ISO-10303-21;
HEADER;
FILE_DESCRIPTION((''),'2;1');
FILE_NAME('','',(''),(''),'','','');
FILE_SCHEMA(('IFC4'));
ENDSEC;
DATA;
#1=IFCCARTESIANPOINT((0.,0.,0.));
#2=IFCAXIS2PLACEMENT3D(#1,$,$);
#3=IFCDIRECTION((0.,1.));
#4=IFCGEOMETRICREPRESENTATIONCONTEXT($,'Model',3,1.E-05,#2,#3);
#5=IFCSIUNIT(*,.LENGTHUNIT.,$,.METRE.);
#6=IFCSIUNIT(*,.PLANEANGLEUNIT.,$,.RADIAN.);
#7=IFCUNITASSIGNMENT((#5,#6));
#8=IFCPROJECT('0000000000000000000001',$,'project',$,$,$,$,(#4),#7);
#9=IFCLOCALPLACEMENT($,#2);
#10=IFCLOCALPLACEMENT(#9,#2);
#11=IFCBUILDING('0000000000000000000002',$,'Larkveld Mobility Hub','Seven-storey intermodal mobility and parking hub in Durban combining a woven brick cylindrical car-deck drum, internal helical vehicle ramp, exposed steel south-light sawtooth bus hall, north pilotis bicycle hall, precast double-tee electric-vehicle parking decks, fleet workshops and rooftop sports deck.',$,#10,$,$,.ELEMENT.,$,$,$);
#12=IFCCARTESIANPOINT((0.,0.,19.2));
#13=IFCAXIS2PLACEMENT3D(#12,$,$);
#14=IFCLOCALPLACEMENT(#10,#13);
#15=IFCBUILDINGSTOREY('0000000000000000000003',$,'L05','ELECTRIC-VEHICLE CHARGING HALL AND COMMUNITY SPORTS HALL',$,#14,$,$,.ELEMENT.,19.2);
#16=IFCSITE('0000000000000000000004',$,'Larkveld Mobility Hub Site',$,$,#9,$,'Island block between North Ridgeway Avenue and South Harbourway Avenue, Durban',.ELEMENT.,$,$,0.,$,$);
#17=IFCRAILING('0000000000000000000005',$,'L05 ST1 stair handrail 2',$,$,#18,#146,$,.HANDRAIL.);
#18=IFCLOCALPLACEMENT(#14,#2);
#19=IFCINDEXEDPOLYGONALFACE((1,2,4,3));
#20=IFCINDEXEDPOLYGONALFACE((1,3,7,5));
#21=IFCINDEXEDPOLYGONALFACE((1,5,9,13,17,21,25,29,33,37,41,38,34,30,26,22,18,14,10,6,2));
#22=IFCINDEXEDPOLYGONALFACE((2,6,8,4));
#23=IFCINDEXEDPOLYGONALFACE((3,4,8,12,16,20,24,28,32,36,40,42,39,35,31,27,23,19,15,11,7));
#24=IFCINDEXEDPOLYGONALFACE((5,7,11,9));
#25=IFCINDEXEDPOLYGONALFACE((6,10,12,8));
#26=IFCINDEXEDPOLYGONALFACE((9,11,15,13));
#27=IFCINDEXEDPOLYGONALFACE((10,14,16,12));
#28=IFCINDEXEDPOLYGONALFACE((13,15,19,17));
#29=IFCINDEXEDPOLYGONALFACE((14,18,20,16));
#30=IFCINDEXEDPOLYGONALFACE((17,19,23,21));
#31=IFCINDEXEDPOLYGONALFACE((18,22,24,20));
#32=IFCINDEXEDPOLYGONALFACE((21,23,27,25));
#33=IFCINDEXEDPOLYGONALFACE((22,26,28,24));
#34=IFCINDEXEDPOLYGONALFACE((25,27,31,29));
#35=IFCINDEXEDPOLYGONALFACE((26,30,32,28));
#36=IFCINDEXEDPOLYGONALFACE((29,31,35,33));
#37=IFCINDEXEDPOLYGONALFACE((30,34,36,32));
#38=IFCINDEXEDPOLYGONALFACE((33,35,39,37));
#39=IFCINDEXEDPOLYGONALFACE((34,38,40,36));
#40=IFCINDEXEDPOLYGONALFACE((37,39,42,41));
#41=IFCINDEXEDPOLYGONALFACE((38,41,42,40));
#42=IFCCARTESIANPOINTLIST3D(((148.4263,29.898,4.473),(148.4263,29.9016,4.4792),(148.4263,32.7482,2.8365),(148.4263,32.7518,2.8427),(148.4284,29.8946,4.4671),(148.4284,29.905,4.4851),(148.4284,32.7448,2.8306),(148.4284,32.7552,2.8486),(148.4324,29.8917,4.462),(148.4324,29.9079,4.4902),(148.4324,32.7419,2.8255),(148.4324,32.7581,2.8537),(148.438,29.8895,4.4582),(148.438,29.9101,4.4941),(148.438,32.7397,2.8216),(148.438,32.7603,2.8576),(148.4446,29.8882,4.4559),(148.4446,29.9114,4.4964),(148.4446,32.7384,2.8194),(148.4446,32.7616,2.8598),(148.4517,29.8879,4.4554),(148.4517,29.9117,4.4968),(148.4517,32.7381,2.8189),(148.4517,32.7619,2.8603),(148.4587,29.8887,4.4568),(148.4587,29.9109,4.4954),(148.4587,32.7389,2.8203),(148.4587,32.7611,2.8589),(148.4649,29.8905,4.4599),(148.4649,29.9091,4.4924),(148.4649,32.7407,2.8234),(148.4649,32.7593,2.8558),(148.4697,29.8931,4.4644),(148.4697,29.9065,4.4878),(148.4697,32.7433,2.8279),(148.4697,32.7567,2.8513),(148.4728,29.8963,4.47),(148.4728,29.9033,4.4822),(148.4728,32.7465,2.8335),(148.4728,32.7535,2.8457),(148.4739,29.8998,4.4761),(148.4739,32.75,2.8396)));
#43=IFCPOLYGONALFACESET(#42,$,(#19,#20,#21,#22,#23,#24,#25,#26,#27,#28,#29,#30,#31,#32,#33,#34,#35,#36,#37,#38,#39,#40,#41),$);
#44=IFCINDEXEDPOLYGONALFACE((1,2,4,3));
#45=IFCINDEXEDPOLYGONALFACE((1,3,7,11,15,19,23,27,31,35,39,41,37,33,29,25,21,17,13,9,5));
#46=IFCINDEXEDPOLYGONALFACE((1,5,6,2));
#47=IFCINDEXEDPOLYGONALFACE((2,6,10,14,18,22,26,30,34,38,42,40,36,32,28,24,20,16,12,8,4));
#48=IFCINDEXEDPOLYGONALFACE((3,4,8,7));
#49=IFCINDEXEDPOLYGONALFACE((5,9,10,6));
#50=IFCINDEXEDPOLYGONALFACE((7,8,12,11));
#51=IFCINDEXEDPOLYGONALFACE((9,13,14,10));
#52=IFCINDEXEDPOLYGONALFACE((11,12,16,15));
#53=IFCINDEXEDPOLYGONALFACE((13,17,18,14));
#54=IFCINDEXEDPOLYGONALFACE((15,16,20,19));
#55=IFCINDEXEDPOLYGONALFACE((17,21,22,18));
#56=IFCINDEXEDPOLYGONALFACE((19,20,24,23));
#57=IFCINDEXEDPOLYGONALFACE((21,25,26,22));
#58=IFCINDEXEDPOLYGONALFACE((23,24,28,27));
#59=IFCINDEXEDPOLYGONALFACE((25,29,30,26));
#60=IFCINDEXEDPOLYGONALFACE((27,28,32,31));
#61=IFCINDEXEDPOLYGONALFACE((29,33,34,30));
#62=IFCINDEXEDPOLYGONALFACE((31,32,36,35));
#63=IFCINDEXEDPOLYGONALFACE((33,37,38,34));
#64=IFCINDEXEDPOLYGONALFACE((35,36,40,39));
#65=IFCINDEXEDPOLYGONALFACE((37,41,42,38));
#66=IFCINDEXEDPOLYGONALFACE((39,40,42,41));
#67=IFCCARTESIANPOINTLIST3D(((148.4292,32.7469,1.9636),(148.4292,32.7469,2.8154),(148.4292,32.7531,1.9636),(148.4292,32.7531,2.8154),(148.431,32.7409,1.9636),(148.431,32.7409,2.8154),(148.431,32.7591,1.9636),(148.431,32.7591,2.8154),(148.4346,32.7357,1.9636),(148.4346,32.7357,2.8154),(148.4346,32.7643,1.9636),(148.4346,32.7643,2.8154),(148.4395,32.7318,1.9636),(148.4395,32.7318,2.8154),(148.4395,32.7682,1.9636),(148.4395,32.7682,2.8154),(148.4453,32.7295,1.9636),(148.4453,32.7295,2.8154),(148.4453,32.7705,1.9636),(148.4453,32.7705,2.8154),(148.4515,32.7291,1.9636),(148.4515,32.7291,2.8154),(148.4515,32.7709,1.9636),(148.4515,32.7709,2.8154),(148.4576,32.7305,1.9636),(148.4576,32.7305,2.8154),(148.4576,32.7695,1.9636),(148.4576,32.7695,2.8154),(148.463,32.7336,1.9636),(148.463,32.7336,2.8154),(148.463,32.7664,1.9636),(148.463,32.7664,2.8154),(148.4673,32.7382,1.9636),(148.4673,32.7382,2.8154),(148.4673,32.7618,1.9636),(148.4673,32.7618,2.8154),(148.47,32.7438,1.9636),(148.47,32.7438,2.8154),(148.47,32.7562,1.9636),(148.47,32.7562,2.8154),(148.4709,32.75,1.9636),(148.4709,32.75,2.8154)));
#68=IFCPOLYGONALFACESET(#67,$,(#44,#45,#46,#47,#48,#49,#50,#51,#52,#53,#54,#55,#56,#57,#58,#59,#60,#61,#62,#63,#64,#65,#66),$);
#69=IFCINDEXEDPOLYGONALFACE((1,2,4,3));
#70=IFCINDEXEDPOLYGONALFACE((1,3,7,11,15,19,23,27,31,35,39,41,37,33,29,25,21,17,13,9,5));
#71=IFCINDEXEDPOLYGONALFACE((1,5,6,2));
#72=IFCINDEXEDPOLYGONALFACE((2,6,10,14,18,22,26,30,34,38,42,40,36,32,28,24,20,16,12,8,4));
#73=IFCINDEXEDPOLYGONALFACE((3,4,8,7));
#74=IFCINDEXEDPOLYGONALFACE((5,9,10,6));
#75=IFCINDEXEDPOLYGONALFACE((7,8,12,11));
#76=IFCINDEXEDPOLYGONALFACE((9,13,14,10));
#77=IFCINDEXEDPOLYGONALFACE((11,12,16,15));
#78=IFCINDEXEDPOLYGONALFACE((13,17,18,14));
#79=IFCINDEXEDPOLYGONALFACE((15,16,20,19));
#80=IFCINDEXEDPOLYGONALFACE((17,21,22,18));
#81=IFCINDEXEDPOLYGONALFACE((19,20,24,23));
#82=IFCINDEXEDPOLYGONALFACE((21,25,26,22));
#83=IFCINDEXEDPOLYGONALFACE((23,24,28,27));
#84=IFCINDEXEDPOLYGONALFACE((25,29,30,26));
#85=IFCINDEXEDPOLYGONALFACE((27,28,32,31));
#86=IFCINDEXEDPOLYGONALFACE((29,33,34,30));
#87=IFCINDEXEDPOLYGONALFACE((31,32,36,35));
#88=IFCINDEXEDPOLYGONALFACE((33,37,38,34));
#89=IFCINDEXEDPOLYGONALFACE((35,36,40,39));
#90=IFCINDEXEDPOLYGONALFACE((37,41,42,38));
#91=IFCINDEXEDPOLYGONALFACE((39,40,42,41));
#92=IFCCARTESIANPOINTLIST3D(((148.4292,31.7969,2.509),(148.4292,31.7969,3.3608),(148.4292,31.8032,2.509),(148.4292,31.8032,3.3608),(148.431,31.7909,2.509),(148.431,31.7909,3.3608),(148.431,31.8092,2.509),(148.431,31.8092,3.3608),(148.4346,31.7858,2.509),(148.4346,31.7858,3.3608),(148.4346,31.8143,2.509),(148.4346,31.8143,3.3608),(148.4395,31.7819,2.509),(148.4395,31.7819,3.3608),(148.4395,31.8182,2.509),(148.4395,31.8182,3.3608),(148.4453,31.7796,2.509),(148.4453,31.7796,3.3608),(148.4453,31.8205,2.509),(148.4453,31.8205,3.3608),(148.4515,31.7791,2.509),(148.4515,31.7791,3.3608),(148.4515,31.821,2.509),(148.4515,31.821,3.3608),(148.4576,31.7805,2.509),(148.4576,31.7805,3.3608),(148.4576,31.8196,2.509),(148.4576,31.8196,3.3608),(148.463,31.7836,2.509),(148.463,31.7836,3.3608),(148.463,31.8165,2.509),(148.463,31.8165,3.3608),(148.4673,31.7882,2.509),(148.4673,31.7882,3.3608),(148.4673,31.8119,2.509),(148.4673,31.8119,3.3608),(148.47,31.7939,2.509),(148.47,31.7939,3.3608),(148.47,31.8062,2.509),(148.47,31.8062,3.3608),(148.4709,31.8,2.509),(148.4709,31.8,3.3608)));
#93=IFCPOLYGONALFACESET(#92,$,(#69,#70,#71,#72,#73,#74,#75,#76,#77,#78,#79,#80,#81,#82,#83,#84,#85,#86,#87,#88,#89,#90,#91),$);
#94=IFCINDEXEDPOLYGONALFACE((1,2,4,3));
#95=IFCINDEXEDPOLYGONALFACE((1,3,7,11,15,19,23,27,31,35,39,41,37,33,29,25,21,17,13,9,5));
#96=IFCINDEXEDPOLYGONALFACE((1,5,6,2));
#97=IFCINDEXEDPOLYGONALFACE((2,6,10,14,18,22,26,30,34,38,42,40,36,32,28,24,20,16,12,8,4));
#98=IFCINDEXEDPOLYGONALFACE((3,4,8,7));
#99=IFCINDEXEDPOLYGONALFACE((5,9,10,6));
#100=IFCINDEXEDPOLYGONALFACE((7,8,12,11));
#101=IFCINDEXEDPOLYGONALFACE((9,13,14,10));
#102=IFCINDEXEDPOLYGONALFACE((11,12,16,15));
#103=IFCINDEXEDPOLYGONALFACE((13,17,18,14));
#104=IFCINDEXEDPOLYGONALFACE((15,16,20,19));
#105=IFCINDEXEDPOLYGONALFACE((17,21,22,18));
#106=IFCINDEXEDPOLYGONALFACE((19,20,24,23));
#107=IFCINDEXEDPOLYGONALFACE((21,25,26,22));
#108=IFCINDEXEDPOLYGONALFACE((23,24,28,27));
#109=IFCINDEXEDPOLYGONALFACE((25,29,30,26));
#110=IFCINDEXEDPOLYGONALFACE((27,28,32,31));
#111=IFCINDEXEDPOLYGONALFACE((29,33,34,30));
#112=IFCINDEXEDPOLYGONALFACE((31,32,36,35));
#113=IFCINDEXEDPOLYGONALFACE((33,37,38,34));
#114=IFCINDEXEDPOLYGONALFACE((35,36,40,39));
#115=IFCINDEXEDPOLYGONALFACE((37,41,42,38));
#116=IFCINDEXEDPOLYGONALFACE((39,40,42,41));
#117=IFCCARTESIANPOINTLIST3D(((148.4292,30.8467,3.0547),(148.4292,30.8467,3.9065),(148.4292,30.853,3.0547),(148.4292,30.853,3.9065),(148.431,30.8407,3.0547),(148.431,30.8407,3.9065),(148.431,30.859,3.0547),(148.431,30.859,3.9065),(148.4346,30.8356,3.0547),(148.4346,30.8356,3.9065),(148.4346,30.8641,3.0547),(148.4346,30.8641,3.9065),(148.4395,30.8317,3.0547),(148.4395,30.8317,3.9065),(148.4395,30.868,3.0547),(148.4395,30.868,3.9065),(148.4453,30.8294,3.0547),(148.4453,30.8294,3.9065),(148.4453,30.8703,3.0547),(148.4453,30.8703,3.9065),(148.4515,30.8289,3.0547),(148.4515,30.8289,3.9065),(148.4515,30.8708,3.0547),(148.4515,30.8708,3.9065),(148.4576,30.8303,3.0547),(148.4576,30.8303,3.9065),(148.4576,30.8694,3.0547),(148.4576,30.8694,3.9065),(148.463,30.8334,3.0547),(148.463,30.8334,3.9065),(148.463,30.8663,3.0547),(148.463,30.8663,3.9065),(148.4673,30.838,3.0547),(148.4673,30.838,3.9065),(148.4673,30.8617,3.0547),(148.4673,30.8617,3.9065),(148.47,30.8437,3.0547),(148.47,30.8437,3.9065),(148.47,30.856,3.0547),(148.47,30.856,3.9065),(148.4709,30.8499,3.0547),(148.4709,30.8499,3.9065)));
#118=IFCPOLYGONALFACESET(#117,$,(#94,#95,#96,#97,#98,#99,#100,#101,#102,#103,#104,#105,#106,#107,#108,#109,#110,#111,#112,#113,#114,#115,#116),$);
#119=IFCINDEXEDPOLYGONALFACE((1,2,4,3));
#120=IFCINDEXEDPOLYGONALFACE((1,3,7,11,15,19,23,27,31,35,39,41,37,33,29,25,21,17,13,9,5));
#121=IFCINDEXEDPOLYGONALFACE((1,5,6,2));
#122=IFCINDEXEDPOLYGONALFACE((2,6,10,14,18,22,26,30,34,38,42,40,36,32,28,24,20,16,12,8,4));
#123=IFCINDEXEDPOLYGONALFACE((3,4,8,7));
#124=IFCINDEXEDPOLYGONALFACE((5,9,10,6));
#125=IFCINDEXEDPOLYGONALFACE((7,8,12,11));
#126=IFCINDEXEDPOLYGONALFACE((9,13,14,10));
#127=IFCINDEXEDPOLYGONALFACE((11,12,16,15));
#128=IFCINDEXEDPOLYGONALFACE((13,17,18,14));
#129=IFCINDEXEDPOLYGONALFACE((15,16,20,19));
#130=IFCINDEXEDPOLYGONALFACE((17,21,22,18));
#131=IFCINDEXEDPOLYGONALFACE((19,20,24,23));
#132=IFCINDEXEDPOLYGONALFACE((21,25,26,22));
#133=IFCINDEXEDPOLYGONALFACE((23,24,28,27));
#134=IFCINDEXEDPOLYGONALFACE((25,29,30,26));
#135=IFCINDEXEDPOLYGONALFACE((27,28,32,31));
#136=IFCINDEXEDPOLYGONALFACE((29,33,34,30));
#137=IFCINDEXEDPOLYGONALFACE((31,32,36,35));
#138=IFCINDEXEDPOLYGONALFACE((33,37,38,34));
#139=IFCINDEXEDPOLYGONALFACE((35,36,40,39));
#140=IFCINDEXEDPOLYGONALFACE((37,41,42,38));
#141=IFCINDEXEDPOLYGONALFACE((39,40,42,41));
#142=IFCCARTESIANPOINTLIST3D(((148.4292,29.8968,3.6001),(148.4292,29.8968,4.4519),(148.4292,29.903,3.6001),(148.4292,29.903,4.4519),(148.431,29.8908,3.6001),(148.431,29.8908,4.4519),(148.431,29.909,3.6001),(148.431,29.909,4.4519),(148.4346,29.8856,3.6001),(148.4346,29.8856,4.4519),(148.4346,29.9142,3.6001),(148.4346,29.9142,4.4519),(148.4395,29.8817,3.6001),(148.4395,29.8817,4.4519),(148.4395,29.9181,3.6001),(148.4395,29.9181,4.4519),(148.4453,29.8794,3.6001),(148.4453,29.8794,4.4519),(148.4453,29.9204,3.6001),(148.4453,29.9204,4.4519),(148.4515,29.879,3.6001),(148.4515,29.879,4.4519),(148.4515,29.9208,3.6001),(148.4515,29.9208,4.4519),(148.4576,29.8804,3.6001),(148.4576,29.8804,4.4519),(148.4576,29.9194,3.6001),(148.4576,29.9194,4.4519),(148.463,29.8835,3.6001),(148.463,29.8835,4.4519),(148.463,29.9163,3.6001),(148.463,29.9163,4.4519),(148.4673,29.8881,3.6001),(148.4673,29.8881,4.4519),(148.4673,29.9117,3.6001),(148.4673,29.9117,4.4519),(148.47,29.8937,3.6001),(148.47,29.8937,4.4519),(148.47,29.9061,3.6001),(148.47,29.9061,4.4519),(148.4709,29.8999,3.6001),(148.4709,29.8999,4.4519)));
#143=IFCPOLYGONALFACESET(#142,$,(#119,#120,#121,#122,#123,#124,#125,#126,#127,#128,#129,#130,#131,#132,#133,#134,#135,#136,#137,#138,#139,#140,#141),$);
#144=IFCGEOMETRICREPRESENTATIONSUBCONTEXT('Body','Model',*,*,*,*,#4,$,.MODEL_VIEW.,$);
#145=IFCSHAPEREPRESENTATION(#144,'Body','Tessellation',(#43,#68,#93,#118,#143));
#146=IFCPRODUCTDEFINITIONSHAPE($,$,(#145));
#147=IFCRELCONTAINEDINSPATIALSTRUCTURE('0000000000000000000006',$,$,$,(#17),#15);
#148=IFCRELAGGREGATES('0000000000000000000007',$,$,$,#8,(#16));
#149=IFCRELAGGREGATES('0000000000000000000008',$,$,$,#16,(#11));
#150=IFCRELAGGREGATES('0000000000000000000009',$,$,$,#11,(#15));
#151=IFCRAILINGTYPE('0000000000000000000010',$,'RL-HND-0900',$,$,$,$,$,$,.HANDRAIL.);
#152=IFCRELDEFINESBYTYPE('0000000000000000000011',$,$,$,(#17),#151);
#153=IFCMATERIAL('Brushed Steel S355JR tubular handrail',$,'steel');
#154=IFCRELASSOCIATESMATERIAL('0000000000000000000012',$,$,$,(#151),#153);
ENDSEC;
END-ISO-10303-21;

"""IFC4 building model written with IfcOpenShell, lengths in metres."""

from ifc_helpers import new_model, si_unit, direction, frame, origin, origin_2d, place, context, subcontext, project, spatial, circle, extrude, material, type_object, element, save


model = new_model("IFC4")

# Units and contexts
model_context = context("Model", 3, precision=1e-05, world=origin(), true_north=direction((0.0, 1.0)))
body_context = subcontext(model_context, "Body", "Model", "MODEL_VIEW")
ifc_project = project(units=[si_unit("LENGTHUNIT", "METRE"), si_unit("PLANEANGLEUNIT", "RADIAN")], contexts=[model_context])

# Site, building, storey
site_placement = place(None, origin())
site = spatial("IfcSite", under=ifc_project, at=site_placement, Name="Larkveld Mobility Hub Site", LongName="Island block between North Ridgeway Avenue and South Harbourway Avenue, Durban", CompositionType="ELEMENT", RefElevation=0.0)
building_placement = place(site_placement, origin())
building = spatial("IfcBuilding", under=site, at=building_placement, Name="Larkveld Mobility Hub", Description="Seven-storey intermodal mobility and parking hub in Durban combining a woven brick cylindrical car-deck drum, internal helical vehicle ramp, exposed steel south-light sawtooth bus hall, north pilotis bicycle hall, precast double-tee electric-vehicle parking decks, fleet workshops and rooftop sports deck.", CompositionType="ELEMENT")
storey_placement = place(building_placement, frame((0.0, 0.0, 19.2)))
storey = spatial("IfcBuildingStorey", under=building, at=storey_placement, Name="L05", Description="ELECTRIC-VEHICLE CHARGING HALL AND COMMUNITY SPORTS HALL", CompositionType="ELEMENT", Elevation=19.2)

# Railing
ifc_material_1 = material(Name="Brushed Steel S355JR tubular handrail", Category="steel")
railing_type_1 = type_object("IfcRailingType", Name="RL-HND-0900", PredefinedType="HANDRAIL", material=ifc_material_1)
railing_1_placement = place(storey_placement, frame((148.45, 32.75, 1.9636)))
element("IfcRailing", 1, at=railing_1_placement, inside=storey, type_object=railing_type_1, Name="L05 ST1 stair handrail 2", PredefinedType="HANDRAIL", context=body_context, shape_type="SweptSolid", body=[
    extrude(circle(Radius=0.0239, at=origin_2d()), frame((0.0, 0.0, 0.876), z_axis=(0.0, -0.867213, 0.497938), x_axis=(1.0, 0.0, 0.0)), (0.0, 0.0, 1.0), 3.2866),
    extrude(circle(Radius=0.021, at=origin_2d()), origin(), (0.0, 0.0, 1.0), 0.8518),
    extrude(circle(Radius=0.021, at=origin_2d()), frame((0.0, -0.95, 0.5454)), (0.0, 0.0, 1.0), 0.8518),
    extrude(circle(Radius=0.021, at=origin_2d()), frame((0.0, -1.9001, 1.0911)), (0.0, 0.0, 1.0), 0.8518),
    extrude(circle(Radius=0.021, at=origin_2d()), frame((0.0, -2.8501, 1.6365)), (0.0, 0.0, 1.0), 0.8518),
])

save(model, "model.ifc")
